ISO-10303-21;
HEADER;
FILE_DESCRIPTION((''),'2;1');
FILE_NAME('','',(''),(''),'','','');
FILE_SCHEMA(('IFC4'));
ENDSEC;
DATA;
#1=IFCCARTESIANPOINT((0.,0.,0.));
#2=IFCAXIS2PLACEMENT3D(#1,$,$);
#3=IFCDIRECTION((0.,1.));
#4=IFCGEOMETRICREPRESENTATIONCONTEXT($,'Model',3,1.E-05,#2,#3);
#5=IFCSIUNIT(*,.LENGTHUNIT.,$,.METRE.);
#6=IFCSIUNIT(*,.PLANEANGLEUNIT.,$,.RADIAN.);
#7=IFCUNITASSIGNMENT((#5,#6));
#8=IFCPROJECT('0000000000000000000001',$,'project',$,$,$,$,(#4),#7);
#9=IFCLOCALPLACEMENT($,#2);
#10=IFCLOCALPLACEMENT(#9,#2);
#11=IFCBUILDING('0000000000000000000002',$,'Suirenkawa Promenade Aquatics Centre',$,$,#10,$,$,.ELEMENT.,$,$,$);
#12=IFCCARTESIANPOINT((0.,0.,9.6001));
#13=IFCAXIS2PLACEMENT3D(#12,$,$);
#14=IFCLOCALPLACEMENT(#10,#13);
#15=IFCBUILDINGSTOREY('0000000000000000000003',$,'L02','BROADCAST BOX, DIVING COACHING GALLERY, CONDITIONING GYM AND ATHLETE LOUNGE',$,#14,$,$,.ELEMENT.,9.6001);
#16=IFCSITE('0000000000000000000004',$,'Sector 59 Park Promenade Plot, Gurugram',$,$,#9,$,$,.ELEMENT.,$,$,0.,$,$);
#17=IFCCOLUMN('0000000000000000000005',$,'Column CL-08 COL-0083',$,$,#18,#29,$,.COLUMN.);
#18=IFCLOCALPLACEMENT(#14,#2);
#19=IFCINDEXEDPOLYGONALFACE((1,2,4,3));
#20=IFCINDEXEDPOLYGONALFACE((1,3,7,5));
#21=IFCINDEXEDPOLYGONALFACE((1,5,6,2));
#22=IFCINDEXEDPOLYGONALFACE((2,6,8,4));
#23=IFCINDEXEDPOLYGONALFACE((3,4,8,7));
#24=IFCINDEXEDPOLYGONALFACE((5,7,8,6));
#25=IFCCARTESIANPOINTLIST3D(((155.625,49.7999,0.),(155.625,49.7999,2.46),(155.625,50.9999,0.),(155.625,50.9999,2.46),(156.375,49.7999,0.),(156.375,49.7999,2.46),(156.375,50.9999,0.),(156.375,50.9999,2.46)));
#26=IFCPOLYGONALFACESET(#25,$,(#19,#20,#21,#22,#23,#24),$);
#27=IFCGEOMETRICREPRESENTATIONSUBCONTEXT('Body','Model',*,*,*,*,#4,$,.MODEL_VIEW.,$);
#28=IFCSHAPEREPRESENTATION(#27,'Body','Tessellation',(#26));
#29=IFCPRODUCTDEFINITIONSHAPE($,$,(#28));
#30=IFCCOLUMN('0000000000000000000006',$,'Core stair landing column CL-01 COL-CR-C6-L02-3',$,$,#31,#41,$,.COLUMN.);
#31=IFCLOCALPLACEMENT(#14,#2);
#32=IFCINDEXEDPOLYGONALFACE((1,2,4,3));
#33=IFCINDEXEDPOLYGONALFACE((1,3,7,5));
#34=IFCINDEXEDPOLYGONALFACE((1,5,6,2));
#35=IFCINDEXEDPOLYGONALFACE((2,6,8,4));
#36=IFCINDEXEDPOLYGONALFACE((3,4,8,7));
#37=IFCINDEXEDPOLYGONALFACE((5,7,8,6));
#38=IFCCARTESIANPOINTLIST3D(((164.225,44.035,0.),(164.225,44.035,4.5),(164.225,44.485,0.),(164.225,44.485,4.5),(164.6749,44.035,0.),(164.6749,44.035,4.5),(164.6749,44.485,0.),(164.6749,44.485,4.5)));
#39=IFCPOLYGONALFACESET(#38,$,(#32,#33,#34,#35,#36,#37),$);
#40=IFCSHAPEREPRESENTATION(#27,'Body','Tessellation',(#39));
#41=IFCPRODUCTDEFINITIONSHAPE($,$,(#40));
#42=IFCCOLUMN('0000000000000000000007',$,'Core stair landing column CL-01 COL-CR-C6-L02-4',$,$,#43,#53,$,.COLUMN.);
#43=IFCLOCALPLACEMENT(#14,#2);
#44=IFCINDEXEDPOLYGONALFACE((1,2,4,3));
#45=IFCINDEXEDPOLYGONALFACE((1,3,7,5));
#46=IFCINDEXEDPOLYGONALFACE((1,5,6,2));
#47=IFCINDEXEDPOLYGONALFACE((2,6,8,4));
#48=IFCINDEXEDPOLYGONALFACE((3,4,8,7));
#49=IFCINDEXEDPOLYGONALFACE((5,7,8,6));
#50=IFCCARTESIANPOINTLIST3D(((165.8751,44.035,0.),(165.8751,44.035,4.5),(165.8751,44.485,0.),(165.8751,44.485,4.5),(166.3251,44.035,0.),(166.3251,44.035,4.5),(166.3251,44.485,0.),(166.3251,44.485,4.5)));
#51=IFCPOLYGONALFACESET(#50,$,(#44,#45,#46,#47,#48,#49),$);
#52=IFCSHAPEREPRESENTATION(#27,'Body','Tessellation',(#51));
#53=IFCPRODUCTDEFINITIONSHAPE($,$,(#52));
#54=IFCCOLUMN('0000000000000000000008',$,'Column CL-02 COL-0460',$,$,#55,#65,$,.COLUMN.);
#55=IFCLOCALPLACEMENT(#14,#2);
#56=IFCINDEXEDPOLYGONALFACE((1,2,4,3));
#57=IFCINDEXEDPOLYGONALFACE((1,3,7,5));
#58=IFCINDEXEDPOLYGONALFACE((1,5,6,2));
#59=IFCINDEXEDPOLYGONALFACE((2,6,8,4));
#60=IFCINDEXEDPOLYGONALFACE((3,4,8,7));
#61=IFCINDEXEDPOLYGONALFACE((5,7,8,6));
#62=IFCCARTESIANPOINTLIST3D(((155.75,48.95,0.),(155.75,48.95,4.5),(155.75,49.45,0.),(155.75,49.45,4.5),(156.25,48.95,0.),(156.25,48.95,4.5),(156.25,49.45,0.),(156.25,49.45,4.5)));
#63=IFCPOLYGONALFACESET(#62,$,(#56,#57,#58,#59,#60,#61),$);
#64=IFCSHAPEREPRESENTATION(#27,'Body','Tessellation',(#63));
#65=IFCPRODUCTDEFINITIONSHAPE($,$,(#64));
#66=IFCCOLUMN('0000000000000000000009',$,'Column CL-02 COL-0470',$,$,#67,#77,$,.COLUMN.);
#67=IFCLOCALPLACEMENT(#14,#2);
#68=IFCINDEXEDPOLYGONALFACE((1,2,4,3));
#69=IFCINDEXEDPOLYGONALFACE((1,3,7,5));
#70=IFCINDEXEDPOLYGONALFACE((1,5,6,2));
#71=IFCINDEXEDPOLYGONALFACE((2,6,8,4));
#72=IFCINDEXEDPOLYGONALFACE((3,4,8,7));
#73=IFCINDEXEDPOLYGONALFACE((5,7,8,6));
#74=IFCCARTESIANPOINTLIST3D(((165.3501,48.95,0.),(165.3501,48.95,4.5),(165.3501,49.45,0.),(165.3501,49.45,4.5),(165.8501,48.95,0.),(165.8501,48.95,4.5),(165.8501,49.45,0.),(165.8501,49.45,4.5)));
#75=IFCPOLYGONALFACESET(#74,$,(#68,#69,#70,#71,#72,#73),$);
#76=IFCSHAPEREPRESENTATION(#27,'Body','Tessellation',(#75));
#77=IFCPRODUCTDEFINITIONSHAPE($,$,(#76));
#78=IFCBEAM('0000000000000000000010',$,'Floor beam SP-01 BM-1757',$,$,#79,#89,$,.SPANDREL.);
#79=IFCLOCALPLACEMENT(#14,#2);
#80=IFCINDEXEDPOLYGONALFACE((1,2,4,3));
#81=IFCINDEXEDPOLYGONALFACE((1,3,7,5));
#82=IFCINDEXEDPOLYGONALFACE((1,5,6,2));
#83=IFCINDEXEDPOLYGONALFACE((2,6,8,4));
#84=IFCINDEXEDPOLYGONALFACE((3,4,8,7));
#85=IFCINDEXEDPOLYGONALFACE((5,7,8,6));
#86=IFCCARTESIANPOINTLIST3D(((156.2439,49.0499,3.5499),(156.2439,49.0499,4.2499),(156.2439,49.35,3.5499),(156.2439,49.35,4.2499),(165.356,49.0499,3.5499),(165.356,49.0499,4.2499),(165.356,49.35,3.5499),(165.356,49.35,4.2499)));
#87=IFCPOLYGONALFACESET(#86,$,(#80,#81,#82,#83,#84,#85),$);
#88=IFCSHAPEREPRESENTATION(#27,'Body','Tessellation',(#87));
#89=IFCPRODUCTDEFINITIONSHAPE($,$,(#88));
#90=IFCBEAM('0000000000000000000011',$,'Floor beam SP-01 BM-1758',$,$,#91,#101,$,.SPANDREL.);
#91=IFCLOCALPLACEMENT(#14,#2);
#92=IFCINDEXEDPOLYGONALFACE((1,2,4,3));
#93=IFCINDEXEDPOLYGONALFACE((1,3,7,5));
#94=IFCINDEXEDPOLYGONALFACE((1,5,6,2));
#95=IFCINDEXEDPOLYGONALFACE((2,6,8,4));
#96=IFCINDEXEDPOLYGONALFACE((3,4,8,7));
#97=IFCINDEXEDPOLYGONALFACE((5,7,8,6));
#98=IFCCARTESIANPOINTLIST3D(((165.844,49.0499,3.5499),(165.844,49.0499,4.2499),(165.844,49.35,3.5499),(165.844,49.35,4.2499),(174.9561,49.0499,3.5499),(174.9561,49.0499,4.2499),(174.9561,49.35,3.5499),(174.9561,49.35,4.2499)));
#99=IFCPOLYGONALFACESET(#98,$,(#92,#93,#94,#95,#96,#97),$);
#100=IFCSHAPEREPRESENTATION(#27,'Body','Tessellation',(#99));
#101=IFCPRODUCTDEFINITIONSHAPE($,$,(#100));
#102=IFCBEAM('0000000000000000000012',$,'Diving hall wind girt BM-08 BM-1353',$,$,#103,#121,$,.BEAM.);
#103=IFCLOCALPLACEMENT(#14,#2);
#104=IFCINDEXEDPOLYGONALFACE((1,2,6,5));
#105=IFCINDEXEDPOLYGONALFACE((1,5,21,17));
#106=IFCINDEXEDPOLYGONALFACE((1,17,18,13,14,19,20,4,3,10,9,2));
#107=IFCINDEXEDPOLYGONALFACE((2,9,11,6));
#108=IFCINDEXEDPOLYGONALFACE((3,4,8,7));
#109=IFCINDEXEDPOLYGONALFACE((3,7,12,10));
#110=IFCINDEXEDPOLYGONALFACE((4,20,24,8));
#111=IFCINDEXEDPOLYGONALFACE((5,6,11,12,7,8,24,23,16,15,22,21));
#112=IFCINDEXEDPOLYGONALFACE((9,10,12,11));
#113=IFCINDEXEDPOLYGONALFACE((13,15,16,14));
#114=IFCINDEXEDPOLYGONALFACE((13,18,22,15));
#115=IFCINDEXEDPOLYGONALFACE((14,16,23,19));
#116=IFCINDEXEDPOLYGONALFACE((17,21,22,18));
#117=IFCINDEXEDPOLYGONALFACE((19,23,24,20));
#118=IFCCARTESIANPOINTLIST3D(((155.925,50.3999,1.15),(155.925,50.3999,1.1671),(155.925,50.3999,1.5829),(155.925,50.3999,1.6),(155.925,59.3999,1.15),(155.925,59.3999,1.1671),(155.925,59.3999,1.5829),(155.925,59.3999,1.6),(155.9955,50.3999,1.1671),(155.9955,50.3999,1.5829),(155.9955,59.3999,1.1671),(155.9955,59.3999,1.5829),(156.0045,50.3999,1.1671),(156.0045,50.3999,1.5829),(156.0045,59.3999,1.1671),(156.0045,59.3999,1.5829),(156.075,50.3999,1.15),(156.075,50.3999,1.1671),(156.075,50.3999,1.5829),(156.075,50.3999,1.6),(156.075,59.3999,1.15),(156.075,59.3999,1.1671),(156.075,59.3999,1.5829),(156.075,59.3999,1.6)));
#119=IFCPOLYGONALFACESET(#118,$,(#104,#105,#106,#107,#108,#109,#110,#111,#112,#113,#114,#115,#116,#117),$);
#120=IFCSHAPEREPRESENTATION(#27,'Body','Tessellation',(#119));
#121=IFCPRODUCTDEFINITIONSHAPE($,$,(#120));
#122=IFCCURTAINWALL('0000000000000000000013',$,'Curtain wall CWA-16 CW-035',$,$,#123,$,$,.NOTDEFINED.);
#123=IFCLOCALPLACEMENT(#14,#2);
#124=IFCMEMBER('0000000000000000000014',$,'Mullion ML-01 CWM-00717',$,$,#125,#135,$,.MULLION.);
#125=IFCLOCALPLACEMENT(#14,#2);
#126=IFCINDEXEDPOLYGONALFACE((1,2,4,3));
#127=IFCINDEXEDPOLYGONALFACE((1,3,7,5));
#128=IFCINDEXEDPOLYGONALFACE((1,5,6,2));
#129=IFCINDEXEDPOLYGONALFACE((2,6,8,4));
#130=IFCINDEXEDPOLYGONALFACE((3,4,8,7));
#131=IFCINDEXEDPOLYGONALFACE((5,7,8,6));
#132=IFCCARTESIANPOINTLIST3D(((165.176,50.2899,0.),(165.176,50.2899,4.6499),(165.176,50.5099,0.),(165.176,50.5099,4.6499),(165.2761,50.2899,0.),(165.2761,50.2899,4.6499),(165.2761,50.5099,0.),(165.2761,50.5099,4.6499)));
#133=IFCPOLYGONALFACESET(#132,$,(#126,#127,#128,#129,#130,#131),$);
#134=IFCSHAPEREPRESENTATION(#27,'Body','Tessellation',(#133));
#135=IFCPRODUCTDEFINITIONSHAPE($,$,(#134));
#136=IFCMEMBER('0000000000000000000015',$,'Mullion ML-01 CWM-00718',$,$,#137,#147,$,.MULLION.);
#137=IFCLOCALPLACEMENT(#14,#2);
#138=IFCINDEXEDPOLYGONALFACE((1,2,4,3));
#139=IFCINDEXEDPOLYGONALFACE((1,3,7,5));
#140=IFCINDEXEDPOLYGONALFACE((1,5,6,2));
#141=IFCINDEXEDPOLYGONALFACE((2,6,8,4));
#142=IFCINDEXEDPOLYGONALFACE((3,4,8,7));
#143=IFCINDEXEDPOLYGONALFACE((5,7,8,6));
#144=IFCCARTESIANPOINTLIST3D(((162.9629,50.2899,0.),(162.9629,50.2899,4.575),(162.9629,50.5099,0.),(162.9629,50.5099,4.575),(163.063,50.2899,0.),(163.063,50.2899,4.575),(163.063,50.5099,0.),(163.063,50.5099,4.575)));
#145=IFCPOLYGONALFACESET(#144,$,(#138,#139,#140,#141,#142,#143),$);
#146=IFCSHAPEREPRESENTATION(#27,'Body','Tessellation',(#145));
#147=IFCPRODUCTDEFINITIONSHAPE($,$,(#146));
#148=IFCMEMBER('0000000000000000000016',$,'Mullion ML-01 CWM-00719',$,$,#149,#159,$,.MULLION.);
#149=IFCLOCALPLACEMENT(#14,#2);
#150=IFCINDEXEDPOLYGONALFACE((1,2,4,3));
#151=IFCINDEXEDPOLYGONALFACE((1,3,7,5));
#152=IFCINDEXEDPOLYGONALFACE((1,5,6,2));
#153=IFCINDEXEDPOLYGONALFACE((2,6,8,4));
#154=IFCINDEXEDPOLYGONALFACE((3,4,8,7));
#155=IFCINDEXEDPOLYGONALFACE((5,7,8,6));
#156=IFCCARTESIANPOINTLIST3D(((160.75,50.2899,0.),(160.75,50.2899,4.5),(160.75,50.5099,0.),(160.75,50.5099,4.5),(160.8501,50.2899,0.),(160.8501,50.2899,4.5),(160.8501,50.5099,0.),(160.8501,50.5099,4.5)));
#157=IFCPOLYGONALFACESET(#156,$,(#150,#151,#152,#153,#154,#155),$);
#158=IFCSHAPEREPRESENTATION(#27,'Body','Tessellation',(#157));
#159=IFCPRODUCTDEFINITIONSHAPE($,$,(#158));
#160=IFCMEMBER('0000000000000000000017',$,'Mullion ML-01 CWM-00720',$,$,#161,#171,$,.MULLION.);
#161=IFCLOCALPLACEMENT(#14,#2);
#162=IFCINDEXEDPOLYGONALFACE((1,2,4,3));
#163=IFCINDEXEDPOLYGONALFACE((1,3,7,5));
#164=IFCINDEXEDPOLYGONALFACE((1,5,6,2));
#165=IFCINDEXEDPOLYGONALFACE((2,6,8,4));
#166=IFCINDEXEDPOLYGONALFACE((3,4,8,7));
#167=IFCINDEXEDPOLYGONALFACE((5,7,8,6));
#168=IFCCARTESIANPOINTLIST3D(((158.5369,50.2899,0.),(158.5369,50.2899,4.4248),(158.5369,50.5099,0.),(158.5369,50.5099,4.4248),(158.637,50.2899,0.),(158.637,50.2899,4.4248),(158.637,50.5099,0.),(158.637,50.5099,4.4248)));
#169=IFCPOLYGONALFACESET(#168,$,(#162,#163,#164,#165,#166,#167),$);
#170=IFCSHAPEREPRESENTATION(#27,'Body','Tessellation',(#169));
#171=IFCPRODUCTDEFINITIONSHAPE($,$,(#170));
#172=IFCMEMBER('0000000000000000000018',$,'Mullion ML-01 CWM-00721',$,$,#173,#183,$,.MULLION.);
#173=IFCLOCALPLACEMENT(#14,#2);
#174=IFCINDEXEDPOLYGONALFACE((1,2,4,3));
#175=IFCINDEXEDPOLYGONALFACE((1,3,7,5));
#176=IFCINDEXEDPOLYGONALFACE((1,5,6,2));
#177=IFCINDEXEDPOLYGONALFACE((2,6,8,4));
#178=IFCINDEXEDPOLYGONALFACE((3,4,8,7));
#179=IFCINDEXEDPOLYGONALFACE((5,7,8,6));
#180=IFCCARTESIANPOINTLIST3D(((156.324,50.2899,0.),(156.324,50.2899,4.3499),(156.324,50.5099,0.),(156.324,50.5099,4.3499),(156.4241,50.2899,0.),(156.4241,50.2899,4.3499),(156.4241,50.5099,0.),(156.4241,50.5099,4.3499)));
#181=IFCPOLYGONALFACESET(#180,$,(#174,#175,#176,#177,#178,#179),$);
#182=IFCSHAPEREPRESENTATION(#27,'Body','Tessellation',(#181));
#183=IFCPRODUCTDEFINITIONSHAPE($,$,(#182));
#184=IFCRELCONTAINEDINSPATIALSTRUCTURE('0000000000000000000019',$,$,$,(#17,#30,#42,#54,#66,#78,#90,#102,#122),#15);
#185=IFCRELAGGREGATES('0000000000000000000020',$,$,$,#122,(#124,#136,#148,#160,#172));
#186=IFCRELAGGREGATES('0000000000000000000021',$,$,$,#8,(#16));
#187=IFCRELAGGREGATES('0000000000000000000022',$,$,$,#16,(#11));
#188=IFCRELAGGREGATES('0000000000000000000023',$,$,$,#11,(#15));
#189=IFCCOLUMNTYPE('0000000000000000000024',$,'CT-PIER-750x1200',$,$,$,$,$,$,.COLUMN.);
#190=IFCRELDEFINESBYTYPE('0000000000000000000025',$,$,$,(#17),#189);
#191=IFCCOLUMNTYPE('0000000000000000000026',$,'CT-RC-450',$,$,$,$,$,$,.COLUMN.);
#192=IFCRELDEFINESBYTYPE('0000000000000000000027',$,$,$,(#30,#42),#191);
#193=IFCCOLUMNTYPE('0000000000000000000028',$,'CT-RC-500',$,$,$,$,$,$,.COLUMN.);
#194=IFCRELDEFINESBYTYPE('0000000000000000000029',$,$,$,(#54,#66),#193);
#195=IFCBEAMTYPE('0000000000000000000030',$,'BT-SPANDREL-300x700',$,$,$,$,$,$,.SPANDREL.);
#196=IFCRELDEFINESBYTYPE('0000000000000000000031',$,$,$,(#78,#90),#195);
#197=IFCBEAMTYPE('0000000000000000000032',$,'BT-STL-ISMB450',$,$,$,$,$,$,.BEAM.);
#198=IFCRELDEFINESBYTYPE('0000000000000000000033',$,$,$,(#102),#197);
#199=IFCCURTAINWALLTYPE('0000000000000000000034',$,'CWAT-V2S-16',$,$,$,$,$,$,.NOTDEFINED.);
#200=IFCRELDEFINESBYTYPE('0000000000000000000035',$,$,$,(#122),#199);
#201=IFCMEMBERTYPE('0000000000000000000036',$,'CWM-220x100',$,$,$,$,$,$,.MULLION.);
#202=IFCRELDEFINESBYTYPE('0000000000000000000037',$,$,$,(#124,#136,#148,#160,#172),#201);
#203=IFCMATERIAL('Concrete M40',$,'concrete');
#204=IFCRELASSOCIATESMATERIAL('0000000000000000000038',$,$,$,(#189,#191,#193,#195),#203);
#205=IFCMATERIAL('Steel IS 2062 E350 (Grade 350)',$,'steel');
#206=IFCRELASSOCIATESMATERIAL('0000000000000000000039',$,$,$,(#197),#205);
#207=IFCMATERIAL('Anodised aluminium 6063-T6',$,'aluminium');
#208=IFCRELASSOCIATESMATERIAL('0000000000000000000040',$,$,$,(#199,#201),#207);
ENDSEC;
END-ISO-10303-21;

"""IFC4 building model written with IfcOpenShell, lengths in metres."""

from ifc_helpers import new_model, si_unit, direction, frame, origin, origin_2d, place, context, subcontext, project, spatial, rectangle, i_section, extrude, material, material_profile, profile_set, type_object, element, aggregate, save


model = new_model("IFC4")

# Units and contexts
model_context = context("Model", 3, precision=1e-05, world=origin(), true_north=direction((0.0, 1.0)))
body_context = subcontext(model_context, "Body", "Model", "MODEL_VIEW")
ifc_project = project(units=[si_unit("LENGTHUNIT", "METRE"), si_unit("PLANEANGLEUNIT", "RADIAN")], contexts=[model_context])

# Site, building, storey
site_placement = place(None, origin())
site = spatial("IfcSite", under=ifc_project, at=site_placement, Name="Sector 59 Park Promenade Plot, Gurugram", CompositionType="ELEMENT", RefElevation=0.0)
building_placement = place(site_placement, origin())
building = spatial("IfcBuilding", under=site, at=building_placement, Name="Suirenkawa Promenade Aquatics Centre", CompositionType="ELEMENT")
storey_placement = place(building_placement, frame((0.0, 0.0, 9.6001)))
storey = spatial("IfcBuildingStorey", under=building, at=storey_placement, Name="L02", Description="BROADCAST BOX, DIVING COACHING GALLERY, CONDITIONING GYM AND ATHLETE LOUNGE", CompositionType="ELEMENT", Elevation=9.6001)

# Columns
ifc_material_1 = material(Name="Concrete M40", Category="concrete")
ifc_material_profile_1 = material_profile(ifc_material_1, rectangle(XDim=0.75, YDim=1.2, at=origin_2d()), Name="RC PIER 750x1200", Category="concrete")
ifc_profile_set_1 = profile_set([ifc_material_profile_1], Name="Concrete M40")
column_type_1 = type_object("IfcColumnType", Name="CT-PIER-750x1200", PredefinedType="COLUMN", material=ifc_profile_set_1)
column_placement = place(storey_placement, frame((156.0, 50.3999, 0.0), z_axis=(0.0, 0.0, 1.0), x_axis=(1.0, 0.0, 0.0)))
element("IfcColumn", 1, at=column_placement, inside=storey, type_object=column_type_1, Name="Column CL-08 COL-0083", PredefinedType="COLUMN", context=body_context, shape_type="SweptSolid", body=[
    extrude(rectangle(XDim=0.75, YDim=1.2, at=origin_2d()), origin(), (0.0, 0.0, 1.0), 2.46),
])
ifc_material_profile_2 = material_profile(ifc_material_1, rectangle(XDim=0.45, YDim=0.45, at=origin_2d()), Name="RC COL 450x450", Category="concrete")
ifc_profile_set_2 = profile_set([ifc_material_profile_2], Name="Concrete M40")
column_type_2 = type_object("IfcColumnType", Name="CT-RC-450", PredefinedType="COLUMN", material=ifc_profile_set_2)
for number, where, z_axis, x_axis, name in (
    (2, (164.45, 44.26, 0.0), (0.0, 0.0, 1.0), (1.0, 0.0, 0.0), "Core stair landing column CL-01 COL-CR-C6-L02-3"),
    (3, (166.1001, 44.26, 0.0), (0.0, 0.0, 1.0), (1.0, 0.0, 0.0), "Core stair landing column CL-01 COL-CR-C6-L02-4"),
):
    element("IfcColumn", number, at=place(storey_placement, frame(where, z_axis=z_axis, x_axis=x_axis)), inside=storey, type_object=column_type_2, Name=name, PredefinedType="COLUMN", context=body_context, shape_type="SweptSolid", body=[
        extrude(rectangle(XDim=0.45, YDim=0.45, at=origin_2d()), origin(), (0.0, 0.0, 1.0), 4.5),
    ])
ifc_material_profile_3 = material_profile(ifc_material_1, rectangle(XDim=0.5, YDim=0.5, at=origin_2d()), Name="RC COL 500x500", Category="concrete")
ifc_profile_set_3 = profile_set([ifc_material_profile_3], Name="Concrete M40")
column_type_3 = type_object("IfcColumnType", Name="CT-RC-500", PredefinedType="COLUMN", material=ifc_profile_set_3)
for number, where, z_axis, x_axis, name in (
    (4, (156.0, 49.2, 0.0), (0.0, 0.0, 1.0), (1.0, 0.0, 0.0), "Column CL-02 COL-0460"),
    (5, (165.6001, 49.2, 0.0), (0.0, 0.0, 1.0), (1.0, 0.0, 0.0), "Column CL-02 COL-0470"),
):
    element("IfcColumn", number, at=place(storey_placement, frame(where, z_axis=z_axis, x_axis=x_axis)), inside=storey, type_object=column_type_3, Name=name, PredefinedType="COLUMN", context=body_context, shape_type="SweptSolid", body=[
        extrude(rectangle(XDim=0.5, YDim=0.5, at=origin_2d()), origin(), (0.0, 0.0, 1.0), 4.5),
    ])

# Beams
ifc_material_profile_4 = material_profile(ifc_material_1, rectangle(XDim=0.3, YDim=0.7, at=origin_2d()), Name="RC SPANDREL 300x700", Category="concrete")
ifc_profile_set_4 = profile_set([ifc_material_profile_4], Name="Concrete M40")
beam_type_1 = type_object("IfcBeamType", Name="BT-SPANDREL-300x700", PredefinedType="SPANDREL", material=ifc_profile_set_4)
for number, where, z_axis, x_axis, name in (
    (6, (156.2439, 49.2, 3.8999), (1.0, 0.0, 0.0), (0.0, 1.0, 0.0), "Floor beam SP-01 BM-1757"),
    (7, (165.844, 49.2, 3.8999), (1.0, 0.0, 0.0), (0.0, 1.0, 0.0), "Floor beam SP-01 BM-1758"),
):
    element("IfcBeam", number, at=place(storey_placement, frame(where, z_axis=z_axis, x_axis=x_axis)), inside=storey, type_object=beam_type_1, Name=name, PredefinedType="SPANDREL", context=body_context, shape_type="SweptSolid", body=[
        extrude(rectangle(XDim=0.3, YDim=0.7, at=origin_2d()), origin(), (0.0, 0.0, 1.0), 9.1121),
    ])
ifc_material_2 = material(Name="Steel IS 2062 E350 (Grade 350)", Category="steel")
ifc_material_profile_5 = material_profile(ifc_material_2, i_section(OverallWidth=0.1499, OverallDepth=0.45, WebThickness=0.009, FlangeThickness=0.0171, at=origin_2d()), Name="ISMB 450", Category="steel")
ifc_profile_set_5 = profile_set([ifc_material_profile_5], Name="Steel IS 2062 E350 (Grade 350)")
beam_type_2 = type_object("IfcBeamType", Name="BT-STL-ISMB450", PredefinedType="BEAM", material=ifc_profile_set_5)
beam_placement = place(storey_placement, frame((156.0, 50.3999, 1.375), z_axis=(0.0, 1.0, 0.0), x_axis=(-1.0, 0.0, 0.0)))
element("IfcBeam", 8, at=beam_placement, inside=storey, type_object=beam_type_2, Name="Diving hall wind girt BM-08 BM-1353", PredefinedType="BEAM", context=body_context, shape_type="SweptSolid", body=[
    extrude(i_section(OverallWidth=0.1499, OverallDepth=0.45, WebThickness=0.009, FlangeThickness=0.0171, at=origin_2d()), origin(), (0.0, 0.0, 1.0), 9.0),
])

# Curtain wall, members
ifc_material_3 = material(Name="Anodised aluminium 6063-T6", Category="aluminium")
curtain_wall_type = type_object("IfcCurtainWallType", Name="CWAT-V2S-16", PredefinedType="NOTDEFINED", material=ifc_material_3)
curtain_wall_placement = place(storey_placement, origin())
curtain_wall = element("IfcCurtainWall", 9, at=curtain_wall_placement, inside=storey, type_object=curtain_wall_type, Name="Curtain wall CWA-16 CW-035", PredefinedType="NOTDEFINED")
ifc_material_profile_6 = material_profile(ifc_material_3, rectangle(XDim=0.1001, YDim=0.22, at=origin_2d()), Name="ALU MULL 100x220", Category="aluminium")
ifc_profile_set_6 = profile_set([ifc_material_profile_6], Name="Anodised aluminium 6063-T6")
member_type_1 = type_object("IfcMemberType", Name="CWM-220x100", PredefinedType="MULLION", material=ifc_profile_set_6)
member_1_placement = place(storey_placement, frame((165.2261, 50.3999, 0.0), z_axis=(0.0, 0.0, 1.0), x_axis=(-1.0, 0.0, 0.0)))
member_1 = element("IfcMember", 10, at=member_1_placement, type_object=member_type_1, Name="Mullion ML-01 CWM-00717", PredefinedType="MULLION", context=body_context, shape_type="SweptSolid", body=[
    extrude(rectangle(XDim=0.1001, YDim=0.22, at=origin_2d()), origin(), (0.0, 0.0, 1.0), 4.6499),
])
member_2_placement = place(storey_placement, frame((163.0129, 50.3999, 0.0), z_axis=(0.0, 0.0, 1.0), x_axis=(-1.0, 0.0, 0.0)))
member_2 = element("IfcMember", 11, at=member_2_placement, type_object=member_type_1, Name="Mullion ML-01 CWM-00718", PredefinedType="MULLION", context=body_context, shape_type="SweptSolid", body=[
    extrude(rectangle(XDim=0.1001, YDim=0.22, at=origin_2d()), origin(), (0.0, 0.0, 1.0), 4.575),
])
member_3_placement = place(storey_placement, frame((160.8, 50.3999, 0.0), z_axis=(0.0, 0.0, 1.0), x_axis=(-1.0, 0.0, 0.0)))
member_3 = element("IfcMember", 12, at=member_3_placement, type_object=member_type_1, Name="Mullion ML-01 CWM-00719", PredefinedType="MULLION", context=body_context, shape_type="SweptSolid", body=[
    extrude(rectangle(XDim=0.1001, YDim=0.22, at=origin_2d()), origin(), (0.0, 0.0, 1.0), 4.5),
])
member_4_placement = place(storey_placement, frame((158.5869, 50.3999, 0.0), z_axis=(0.0, 0.0, 1.0), x_axis=(-1.0, 0.0, 0.0)))
member_4 = element("IfcMember", 13, at=member_4_placement, type_object=member_type_1, Name="Mullion ML-01 CWM-00720", PredefinedType="MULLION", context=body_context, shape_type="SweptSolid", body=[
    extrude(rectangle(XDim=0.1001, YDim=0.22, at=origin_2d()), origin(), (0.0, 0.0, 1.0), 4.4248),
])
member_5_placement = place(storey_placement, frame((156.374, 50.3999, 0.0), z_axis=(0.0, 0.0, 1.0), x_axis=(-1.0, 0.0, 0.0)))
member_5 = element("IfcMember", 14, at=member_5_placement, type_object=member_type_1, Name="Mullion ML-01 CWM-00721", PredefinedType="MULLION", context=body_context, shape_type="SweptSolid", body=[
    extrude(rectangle(XDim=0.1001, YDim=0.22, at=origin_2d()), origin(), (0.0, 0.0, 1.0), 4.3499),
])
aggregate(curtain_wall, [member_1, member_2, member_3, member_4, member_5])

save(model, "model.ifc")
